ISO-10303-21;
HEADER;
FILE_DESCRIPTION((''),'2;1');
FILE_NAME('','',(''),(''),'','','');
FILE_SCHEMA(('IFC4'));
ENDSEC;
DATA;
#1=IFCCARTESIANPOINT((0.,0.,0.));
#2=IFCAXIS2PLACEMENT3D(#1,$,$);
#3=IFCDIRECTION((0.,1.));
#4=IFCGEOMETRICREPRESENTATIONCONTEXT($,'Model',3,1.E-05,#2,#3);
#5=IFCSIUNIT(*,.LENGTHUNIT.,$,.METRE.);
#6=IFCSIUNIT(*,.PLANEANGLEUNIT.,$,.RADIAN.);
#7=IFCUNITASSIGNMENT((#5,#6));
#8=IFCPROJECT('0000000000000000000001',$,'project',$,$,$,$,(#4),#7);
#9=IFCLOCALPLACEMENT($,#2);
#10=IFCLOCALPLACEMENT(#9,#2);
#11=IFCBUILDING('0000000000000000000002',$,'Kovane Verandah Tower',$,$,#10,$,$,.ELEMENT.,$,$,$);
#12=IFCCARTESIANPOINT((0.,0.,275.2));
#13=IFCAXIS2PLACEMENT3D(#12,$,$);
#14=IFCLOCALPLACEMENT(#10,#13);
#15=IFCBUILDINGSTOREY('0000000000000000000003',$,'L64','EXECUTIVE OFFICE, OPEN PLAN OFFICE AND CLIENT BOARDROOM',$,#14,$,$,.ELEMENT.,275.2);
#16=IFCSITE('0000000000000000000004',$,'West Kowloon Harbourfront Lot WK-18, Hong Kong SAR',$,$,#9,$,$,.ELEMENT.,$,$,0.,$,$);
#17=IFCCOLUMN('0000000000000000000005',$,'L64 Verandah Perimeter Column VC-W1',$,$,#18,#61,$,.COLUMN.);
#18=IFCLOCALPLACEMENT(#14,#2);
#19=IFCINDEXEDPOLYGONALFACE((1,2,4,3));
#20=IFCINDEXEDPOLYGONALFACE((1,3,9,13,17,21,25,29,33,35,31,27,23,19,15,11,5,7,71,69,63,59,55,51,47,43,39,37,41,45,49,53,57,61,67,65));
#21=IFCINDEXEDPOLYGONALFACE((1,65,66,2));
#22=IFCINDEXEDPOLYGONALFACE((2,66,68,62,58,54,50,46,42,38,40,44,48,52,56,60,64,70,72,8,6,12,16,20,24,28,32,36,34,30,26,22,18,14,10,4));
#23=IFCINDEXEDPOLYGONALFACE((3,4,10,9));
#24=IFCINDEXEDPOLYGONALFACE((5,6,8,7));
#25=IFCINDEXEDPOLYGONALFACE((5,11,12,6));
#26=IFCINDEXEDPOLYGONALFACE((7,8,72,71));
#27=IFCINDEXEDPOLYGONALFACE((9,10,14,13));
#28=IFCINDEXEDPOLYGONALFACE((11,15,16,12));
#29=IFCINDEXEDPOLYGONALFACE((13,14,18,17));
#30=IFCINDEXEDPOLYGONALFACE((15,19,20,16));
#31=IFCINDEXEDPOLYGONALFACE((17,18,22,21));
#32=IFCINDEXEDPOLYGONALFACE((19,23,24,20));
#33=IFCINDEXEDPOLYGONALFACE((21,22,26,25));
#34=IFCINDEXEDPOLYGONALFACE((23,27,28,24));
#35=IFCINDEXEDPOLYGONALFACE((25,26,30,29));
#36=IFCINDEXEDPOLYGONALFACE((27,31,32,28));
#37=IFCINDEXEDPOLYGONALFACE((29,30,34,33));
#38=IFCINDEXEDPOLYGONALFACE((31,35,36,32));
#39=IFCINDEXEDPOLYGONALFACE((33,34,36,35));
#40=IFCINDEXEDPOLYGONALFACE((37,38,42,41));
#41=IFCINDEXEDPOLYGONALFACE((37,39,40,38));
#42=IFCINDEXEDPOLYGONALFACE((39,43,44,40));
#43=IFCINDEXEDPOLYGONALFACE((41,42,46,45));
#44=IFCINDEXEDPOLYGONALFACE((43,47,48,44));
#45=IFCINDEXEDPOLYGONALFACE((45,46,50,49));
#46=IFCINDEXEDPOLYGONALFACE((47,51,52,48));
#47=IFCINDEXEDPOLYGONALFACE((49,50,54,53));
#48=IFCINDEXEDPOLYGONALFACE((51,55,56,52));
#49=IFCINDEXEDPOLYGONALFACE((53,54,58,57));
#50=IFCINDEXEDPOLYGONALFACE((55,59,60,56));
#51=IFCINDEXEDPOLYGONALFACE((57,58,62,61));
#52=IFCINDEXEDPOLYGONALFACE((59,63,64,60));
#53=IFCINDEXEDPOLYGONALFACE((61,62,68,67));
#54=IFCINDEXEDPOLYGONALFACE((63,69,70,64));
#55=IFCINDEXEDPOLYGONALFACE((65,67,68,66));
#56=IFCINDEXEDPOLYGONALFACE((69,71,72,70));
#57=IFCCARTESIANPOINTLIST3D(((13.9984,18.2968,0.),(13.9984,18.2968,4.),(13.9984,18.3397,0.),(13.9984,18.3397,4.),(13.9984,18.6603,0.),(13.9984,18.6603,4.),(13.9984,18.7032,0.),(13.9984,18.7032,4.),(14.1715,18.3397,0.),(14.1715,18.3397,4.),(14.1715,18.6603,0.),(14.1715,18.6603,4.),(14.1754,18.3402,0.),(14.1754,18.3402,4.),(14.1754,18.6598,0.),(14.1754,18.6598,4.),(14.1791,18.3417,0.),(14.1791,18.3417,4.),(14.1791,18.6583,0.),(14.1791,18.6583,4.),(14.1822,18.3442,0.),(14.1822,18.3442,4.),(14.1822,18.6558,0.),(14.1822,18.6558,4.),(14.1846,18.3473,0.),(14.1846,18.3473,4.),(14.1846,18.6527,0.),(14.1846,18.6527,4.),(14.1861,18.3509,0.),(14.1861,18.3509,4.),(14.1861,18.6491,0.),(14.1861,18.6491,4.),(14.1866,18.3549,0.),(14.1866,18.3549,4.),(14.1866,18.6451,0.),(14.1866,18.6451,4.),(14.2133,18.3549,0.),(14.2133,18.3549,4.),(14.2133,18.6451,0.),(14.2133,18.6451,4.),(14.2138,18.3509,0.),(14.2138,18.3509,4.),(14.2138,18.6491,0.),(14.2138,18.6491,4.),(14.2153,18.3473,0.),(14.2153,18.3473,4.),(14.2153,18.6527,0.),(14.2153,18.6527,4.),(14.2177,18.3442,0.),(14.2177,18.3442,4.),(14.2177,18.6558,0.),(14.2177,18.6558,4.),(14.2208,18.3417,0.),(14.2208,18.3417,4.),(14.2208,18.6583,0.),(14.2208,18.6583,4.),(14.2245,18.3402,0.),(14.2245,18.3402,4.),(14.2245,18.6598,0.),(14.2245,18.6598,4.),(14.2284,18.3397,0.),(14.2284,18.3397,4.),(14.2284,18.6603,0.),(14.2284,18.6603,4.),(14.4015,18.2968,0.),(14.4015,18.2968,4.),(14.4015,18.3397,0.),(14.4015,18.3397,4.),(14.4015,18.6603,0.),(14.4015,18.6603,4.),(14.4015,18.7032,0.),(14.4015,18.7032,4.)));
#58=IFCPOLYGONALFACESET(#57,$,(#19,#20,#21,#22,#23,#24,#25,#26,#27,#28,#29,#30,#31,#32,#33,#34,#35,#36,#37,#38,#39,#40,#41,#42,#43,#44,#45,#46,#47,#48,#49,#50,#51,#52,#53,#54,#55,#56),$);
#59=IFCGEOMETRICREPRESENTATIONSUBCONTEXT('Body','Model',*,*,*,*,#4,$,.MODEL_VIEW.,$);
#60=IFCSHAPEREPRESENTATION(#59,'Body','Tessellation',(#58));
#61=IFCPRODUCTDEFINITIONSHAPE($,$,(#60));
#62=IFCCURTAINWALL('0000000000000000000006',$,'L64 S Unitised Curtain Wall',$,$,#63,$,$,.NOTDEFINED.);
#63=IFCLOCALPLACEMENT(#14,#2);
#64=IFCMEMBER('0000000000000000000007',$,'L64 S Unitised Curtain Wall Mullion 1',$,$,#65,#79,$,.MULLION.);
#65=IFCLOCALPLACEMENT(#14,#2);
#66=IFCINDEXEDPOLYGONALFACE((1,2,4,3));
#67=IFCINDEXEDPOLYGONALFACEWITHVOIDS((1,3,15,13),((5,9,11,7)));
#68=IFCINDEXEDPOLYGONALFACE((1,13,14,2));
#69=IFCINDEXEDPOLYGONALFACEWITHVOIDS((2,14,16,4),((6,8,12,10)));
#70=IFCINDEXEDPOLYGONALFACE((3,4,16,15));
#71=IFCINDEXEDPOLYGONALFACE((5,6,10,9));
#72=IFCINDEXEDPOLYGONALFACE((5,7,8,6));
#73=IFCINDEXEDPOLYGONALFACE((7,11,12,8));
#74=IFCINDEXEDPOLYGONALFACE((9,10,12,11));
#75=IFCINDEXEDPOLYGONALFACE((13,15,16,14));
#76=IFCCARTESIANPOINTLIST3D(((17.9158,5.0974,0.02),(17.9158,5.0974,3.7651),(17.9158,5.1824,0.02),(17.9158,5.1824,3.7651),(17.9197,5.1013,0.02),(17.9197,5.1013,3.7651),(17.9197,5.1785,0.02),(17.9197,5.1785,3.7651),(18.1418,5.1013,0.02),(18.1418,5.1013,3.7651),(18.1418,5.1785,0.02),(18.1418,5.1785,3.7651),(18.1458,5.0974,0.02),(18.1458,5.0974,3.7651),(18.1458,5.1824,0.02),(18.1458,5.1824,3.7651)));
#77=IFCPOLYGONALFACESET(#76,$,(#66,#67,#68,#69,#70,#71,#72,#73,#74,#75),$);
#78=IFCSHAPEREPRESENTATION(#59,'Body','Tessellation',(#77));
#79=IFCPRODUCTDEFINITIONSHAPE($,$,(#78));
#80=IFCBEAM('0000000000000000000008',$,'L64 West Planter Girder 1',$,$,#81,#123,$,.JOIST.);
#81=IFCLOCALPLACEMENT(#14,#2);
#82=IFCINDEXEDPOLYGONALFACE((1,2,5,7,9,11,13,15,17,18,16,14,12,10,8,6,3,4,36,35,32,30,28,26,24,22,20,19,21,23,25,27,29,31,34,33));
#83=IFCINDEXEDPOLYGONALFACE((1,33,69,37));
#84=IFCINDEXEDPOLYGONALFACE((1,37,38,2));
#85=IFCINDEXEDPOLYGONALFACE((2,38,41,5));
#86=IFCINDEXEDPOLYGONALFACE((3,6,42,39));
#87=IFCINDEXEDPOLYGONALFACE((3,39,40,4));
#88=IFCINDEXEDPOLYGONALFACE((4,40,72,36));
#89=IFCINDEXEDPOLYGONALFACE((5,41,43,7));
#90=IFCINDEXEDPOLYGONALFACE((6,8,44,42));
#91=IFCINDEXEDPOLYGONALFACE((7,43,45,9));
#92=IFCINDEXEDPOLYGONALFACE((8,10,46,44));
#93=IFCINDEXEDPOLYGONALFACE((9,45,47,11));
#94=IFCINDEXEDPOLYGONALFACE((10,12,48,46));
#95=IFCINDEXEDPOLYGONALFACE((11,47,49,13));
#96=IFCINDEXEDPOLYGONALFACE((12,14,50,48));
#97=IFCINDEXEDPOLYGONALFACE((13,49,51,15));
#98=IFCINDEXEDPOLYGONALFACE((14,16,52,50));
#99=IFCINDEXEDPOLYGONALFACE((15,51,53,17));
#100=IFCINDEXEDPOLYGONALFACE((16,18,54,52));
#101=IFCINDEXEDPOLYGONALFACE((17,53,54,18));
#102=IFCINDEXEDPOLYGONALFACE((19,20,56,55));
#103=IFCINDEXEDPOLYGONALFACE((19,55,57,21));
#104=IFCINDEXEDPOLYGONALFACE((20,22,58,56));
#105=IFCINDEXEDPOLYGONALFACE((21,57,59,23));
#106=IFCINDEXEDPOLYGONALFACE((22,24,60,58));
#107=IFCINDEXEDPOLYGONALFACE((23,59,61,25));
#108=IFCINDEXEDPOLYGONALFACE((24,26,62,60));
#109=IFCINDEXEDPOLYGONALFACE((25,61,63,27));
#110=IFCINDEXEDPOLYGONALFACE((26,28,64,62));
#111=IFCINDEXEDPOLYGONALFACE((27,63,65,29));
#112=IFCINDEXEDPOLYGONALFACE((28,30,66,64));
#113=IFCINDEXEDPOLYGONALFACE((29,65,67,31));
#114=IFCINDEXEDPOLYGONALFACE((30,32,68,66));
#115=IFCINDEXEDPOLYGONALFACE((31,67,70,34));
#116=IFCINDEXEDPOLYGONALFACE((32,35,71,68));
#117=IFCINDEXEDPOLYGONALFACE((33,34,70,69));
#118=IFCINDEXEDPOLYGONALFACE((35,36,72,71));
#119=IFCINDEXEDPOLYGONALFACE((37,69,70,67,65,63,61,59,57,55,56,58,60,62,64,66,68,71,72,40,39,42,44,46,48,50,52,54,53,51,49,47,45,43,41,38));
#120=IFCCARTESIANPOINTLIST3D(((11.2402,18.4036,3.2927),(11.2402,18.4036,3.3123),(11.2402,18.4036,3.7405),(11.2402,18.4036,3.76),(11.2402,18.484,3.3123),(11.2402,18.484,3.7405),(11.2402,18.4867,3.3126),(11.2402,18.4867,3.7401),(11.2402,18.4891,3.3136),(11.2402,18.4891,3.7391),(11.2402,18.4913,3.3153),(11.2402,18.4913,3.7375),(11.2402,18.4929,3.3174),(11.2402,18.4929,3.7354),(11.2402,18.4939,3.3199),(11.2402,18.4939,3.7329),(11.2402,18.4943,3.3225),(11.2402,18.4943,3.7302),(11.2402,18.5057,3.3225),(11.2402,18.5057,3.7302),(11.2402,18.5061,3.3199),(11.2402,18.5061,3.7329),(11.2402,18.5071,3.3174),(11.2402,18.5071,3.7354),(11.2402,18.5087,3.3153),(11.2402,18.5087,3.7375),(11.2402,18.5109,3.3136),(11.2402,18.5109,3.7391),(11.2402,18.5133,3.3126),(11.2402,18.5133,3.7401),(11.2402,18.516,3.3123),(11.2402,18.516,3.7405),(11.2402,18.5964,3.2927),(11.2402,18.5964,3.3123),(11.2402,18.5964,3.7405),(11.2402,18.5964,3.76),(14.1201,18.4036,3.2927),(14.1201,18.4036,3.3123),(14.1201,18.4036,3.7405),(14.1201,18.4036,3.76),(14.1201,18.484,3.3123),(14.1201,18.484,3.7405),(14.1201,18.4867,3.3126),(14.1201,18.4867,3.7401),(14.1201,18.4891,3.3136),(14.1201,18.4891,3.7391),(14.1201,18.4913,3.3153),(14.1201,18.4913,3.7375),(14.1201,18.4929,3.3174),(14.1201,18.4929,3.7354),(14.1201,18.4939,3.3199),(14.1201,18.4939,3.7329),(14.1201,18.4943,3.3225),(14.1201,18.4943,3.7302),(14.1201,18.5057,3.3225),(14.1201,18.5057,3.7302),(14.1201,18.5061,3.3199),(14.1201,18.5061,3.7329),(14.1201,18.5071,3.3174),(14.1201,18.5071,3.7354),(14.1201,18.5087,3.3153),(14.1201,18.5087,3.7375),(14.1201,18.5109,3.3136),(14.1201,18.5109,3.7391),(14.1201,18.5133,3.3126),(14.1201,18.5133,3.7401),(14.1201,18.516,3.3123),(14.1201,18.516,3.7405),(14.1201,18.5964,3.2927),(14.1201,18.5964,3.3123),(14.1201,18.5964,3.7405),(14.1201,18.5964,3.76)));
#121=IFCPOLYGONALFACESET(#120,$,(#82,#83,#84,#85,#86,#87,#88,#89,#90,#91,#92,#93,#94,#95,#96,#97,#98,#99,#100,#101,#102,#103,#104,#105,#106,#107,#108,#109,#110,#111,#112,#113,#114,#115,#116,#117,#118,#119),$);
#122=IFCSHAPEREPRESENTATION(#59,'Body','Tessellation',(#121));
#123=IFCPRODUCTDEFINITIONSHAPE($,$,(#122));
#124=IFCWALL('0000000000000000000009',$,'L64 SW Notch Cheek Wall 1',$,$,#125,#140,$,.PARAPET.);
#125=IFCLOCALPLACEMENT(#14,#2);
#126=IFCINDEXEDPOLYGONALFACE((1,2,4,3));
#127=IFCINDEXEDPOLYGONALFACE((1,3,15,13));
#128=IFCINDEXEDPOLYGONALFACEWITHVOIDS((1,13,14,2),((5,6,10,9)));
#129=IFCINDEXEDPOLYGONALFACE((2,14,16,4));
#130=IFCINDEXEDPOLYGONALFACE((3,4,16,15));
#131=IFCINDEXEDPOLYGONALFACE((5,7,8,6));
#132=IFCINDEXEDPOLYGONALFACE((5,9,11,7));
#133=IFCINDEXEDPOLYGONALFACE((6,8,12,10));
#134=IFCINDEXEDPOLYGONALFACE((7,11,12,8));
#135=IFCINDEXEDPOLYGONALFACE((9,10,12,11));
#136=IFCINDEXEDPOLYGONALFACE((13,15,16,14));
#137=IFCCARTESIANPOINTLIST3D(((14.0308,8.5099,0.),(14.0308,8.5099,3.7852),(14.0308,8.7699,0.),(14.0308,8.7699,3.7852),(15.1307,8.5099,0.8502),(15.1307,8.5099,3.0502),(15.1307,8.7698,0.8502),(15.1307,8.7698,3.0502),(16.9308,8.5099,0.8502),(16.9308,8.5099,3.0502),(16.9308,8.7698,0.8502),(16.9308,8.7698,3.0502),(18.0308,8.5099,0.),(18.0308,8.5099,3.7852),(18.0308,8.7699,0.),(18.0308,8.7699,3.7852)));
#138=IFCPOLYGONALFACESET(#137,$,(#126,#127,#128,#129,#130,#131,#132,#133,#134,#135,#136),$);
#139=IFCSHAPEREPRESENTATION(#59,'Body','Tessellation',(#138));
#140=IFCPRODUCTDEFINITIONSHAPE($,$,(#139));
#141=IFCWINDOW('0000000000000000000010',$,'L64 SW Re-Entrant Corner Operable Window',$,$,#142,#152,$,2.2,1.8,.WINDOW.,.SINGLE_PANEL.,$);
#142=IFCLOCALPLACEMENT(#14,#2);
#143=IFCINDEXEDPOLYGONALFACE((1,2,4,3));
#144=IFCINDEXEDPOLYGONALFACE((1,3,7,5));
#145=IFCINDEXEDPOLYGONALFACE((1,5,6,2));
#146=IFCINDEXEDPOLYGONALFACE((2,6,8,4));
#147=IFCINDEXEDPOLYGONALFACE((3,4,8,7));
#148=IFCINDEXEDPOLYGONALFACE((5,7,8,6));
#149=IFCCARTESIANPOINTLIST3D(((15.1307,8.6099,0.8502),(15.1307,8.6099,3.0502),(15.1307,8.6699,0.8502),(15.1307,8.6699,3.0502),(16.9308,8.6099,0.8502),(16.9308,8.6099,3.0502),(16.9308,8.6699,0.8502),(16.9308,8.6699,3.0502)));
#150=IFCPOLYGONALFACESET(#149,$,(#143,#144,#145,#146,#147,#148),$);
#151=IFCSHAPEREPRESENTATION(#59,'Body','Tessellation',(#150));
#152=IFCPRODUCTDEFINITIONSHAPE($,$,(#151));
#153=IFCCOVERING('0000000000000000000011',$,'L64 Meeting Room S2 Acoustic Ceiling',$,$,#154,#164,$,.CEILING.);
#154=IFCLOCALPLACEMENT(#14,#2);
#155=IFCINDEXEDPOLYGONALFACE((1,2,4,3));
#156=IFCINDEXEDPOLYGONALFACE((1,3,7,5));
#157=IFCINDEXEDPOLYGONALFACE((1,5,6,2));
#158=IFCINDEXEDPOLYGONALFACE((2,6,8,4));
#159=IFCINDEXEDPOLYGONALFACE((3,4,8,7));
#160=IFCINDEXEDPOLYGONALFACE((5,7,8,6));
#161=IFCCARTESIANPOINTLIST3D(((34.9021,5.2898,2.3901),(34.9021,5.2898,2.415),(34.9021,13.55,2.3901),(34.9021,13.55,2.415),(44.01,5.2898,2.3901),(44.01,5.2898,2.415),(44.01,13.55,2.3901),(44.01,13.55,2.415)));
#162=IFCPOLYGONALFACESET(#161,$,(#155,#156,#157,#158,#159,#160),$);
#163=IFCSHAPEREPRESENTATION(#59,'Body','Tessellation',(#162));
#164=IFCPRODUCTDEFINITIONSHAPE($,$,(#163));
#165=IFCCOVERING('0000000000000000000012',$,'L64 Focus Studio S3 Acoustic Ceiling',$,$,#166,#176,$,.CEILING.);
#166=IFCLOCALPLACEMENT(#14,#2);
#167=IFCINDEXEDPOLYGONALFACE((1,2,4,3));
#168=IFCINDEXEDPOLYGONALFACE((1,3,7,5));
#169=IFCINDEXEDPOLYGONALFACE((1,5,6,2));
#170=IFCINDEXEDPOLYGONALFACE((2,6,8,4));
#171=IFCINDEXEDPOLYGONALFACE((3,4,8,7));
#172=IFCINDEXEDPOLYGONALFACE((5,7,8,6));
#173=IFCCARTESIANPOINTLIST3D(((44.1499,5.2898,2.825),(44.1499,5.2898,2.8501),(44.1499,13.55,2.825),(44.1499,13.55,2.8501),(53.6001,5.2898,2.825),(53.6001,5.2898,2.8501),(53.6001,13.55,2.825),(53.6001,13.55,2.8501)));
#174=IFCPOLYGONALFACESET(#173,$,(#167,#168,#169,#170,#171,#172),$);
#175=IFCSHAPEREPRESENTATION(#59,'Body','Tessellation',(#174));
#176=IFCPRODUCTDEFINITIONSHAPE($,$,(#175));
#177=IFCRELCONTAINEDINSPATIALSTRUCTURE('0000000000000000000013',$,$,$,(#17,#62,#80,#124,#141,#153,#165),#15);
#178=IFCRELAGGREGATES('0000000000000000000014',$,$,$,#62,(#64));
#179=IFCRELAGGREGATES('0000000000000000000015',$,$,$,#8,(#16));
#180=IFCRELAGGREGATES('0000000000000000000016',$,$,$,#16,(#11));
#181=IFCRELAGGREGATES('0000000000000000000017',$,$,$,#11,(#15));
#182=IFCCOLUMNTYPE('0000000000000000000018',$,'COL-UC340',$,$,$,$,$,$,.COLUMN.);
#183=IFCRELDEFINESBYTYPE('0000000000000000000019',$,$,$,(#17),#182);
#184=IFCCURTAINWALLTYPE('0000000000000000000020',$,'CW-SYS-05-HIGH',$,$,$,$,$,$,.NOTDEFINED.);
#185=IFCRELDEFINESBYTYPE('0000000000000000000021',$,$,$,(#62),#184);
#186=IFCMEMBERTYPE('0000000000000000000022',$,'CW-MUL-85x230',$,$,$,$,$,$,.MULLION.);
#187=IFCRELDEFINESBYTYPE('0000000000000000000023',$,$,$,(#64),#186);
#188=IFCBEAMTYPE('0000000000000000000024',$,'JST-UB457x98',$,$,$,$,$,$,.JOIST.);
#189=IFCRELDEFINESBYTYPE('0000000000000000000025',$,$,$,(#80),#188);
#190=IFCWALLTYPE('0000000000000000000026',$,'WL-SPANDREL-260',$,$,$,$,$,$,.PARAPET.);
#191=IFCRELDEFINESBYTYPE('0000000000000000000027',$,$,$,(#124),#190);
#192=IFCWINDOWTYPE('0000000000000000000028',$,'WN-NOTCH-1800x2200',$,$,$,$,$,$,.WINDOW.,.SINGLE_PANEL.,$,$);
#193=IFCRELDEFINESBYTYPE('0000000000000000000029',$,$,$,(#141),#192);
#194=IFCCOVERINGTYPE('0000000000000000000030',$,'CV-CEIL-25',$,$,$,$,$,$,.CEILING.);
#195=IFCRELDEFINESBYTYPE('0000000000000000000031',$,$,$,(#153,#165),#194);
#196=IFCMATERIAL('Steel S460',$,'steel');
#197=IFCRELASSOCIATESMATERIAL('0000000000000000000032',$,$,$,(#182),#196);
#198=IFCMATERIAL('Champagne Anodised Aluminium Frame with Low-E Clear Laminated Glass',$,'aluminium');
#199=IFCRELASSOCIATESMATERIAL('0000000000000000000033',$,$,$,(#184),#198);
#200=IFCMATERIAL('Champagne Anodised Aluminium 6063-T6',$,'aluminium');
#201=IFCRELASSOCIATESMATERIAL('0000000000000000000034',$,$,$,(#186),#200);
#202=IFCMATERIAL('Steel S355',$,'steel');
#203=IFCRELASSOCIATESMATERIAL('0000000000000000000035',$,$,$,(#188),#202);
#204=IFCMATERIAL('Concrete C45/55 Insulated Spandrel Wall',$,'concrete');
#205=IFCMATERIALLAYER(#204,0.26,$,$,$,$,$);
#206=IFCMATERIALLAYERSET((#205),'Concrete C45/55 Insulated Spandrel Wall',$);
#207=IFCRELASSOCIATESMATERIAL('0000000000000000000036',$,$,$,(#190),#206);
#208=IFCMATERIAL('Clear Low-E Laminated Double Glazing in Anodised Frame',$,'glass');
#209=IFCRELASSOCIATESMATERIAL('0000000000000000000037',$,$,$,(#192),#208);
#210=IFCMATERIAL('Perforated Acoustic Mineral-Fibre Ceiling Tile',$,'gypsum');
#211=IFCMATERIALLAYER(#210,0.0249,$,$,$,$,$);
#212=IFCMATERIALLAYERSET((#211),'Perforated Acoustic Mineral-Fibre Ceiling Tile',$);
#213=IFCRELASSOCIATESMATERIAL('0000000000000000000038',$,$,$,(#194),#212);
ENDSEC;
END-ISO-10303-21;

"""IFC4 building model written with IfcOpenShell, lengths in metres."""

from ifc_helpers import new_model, si_unit, direction, frame, frame_2d, origin, origin_2d, place, context, subcontext, project, spatial, polyline, rectangle, hollow_rectangle, i_section, outline, extrude, material, layer, layer_set, material_profile, profile_set, type_object, element, fill, aggregate, save


model = new_model("IFC4")

# Units and contexts
model_context = context("Model", 3, precision=1e-05, world=origin(), true_north=direction((0.0, 1.0)))
body_context = subcontext(model_context, "Body", "Model", "MODEL_VIEW")
ifc_project = project(units=[si_unit("LENGTHUNIT", "METRE"), si_unit("PLANEANGLEUNIT", "RADIAN")], contexts=[model_context])

# Site, building, storey
site_placement = place(None, origin())
site = spatial("IfcSite", under=ifc_project, at=site_placement, Name="West Kowloon Harbourfront Lot WK-18, Hong Kong SAR", CompositionType="ELEMENT", RefElevation=0.0)
building_placement = place(site_placement, origin())
building = spatial("IfcBuilding", under=site, at=building_placement, Name="Kovane Verandah Tower", CompositionType="ELEMENT")
storey_placement = place(building_placement, frame((0.0, 0.0, 275.2)))
storey = spatial("IfcBuildingStorey", under=building, at=storey_placement, Name="L64", Description="EXECUTIVE OFFICE, OPEN PLAN OFFICE AND CLIENT BOARDROOM", CompositionType="ELEMENT", Elevation=275.2)

# Column
ifc_material_1 = material(Name="Steel S460", Category="steel")
ifc_material_profile_1 = material_profile(ifc_material_1, i_section(OverallWidth=0.4031, OverallDepth=0.4065, WebThickness=0.0266, FlangeThickness=0.043, FilletRadius=0.0151, at=origin_2d()), Name="UC356x406x340")
ifc_profile_set_1 = profile_set([ifc_material_profile_1], Name="Steel S460")
column_type = type_object("IfcColumnType", Name="COL-UC340", PredefinedType="COLUMN", material=ifc_profile_set_1)
column_placement = place(storey_placement, frame((14.2, 18.5, 0.0), z_axis=(0.0, 0.0, 1.0), x_axis=(1.0, 0.0, 0.0)))
element("IfcColumn", 1, at=column_placement, inside=storey, type_object=column_type, Name="L64 Verandah Perimeter Column VC-W1", PredefinedType="COLUMN", context=body_context, shape_type="SweptSolid", body=[
    extrude(i_section(OverallWidth=0.4031, OverallDepth=0.4065, WebThickness=0.0266, FlangeThickness=0.043, FilletRadius=0.0151, at=origin_2d()), origin(), (0.0, 0.0, 1.0), 4.0),
])

# Curtain wall, member
ifc_material_2 = material(Name="Champagne Anodised Aluminium Frame with Low-E Clear Laminated Glass", Category="aluminium")
curtain_wall_type = type_object("IfcCurtainWallType", Name="CW-SYS-05-HIGH", PredefinedType="NOTDEFINED", material=ifc_material_2)
curtain_wall_placement = place(storey_placement, origin())
curtain_wall = element("IfcCurtainWall", 2, at=curtain_wall_placement, inside=storey, type_object=curtain_wall_type, Name="L64 S Unitised Curtain Wall", PredefinedType="NOTDEFINED")
ifc_material_3 = material(Name="Champagne Anodised Aluminium 6063-T6", Category="aluminium")
ifc_material_profile_2 = material_profile(ifc_material_3, hollow_rectangle(XDim=0.085, YDim=0.23, WallThickness=0.0039, at=origin_2d()), Name="AL85x230x4")
ifc_profile_set_2 = profile_set([ifc_material_profile_2], Name="Champagne Anodised Aluminium 6063-T6")
member_type = type_object("IfcMemberType", Name="CW-MUL-85x230", PredefinedType="MULLION", material=ifc_profile_set_2)
member_placement = place(storey_placement, frame((18.0308, 5.1399, 0.02), z_axis=(0.0, 0.0, 1.0), x_axis=(0.0, -1.0, 0.0)))
member = element("IfcMember", 3, at=member_placement, type_object=member_type, Name="L64 S Unitised Curtain Wall Mullion 1", PredefinedType="MULLION", context=body_context, shape_type="SweptSolid", body=[
    extrude(hollow_rectangle(XDim=0.085, YDim=0.23, WallThickness=0.0039, at=origin_2d()), origin(), (0.0, 0.0, 1.0), 3.7451),
])
aggregate(curtain_wall, [member])

# Beam
ifc_material_4 = material(Name="Steel S355", Category="steel")
ifc_material_profile_3 = material_profile(ifc_material_4, i_section(OverallWidth=0.1929, OverallDepth=0.4673, WebThickness=0.0115, FlangeThickness=0.0195, FilletRadius=0.0103, at=origin_2d()), Name="UB457x191x98")
ifc_profile_set_3 = profile_set([ifc_material_profile_3], Name="Steel S355")
beam_type = type_object("IfcBeamType", Name="JST-UB457x98", PredefinedType="JOIST", material=ifc_profile_set_3)
beam_placement = place(storey_placement, frame((14.1201, 18.5, 3.5264), z_axis=(-1.0, 0.0, 0.0), x_axis=(0.0, -1.0, 0.0)))
element("IfcBeam", 4, at=beam_placement, inside=storey, type_object=beam_type, Name="L64 West Planter Girder 1", PredefinedType="JOIST", context=body_context, shape_type="SweptSolid", body=[
    extrude(i_section(OverallWidth=0.1929, OverallDepth=0.4673, WebThickness=0.0115, FlangeThickness=0.0195, FilletRadius=0.0103, at=origin_2d()), origin(), (0.0, 0.0, 1.0), 2.8799),
])

# Wall, opening, window
ifc_material_5 = material(Name="Concrete C45/55 Insulated Spandrel Wall", Category="concrete")
ifc_layer_1 = layer(ifc_material_5, 0.26)
ifc_layer_set_1 = layer_set([ifc_layer_1], Name="Concrete C45/55 Insulated Spandrel Wall")
wall_type = type_object("IfcWallType", Name="WL-SPANDREL-260", PredefinedType="PARAPET", material=ifc_layer_set_1)
wall_placement = place(storey_placement, frame((14.0308, 8.6399, 0.0), z_axis=(0.0, 0.0, 1.0), x_axis=(1.0, 0.0, 0.0)))
wall = element("IfcWall", 5, at=wall_placement, inside=storey, type_object=wall_type, Name="L64 SW Notch Cheek Wall 1", PredefinedType="PARAPET", context=body_context, shape_type="SweptSolid", body=[
    extrude(rectangle(XDim=4.0, YDim=0.26, at=frame_2d((2.0, 0.0))), origin(), (0.0, 0.0, 1.0), 3.7852),
])
opening_placement = place(wall_placement, frame((1.1001, 0.0, 0.8501)))
opening = element("IfcOpeningElement", 6, at=opening_placement, cuts=wall, PredefinedType="OPENING", context=body_context, shape_type="SweptSolid", body=[
    extrude(rectangle(XDim=1.8, YDim=2.2, at=frame_2d((0.8999, 1.1001))), frame((0.0, 0.1299, 0.0), z_axis=(0.0, -1.0, 0.0), x_axis=(1.0, 0.0, 0.0)), (0.0, 0.0, 1.0), 0.26),
])
ifc_material_6 = material(Name="Clear Low-E Laminated Double Glazing in Anodised Frame", Category="glass")
window_type = type_object("IfcWindowType", Name="WN-NOTCH-1800x2200", PartitioningType="SINGLE_PANEL", PredefinedType="WINDOW", material=ifc_material_6)
window_placement = place(opening_placement, origin())
window = element("IfcWindow", 7, at=window_placement, inside=storey, type_object=window_type, Name="L64 SW Re-Entrant Corner Operable Window", OverallHeight=2.2, OverallWidth=1.8, PartitioningType="SINGLE_PANEL", PredefinedType="WINDOW", context=body_context, shape_type="SweptSolid", body=[
    extrude(rectangle(XDim=1.8, YDim=2.2, at=frame_2d((0.8999, 1.1001))), frame((0.0, 0.03, 0.0), z_axis=(0.0, -1.0, 0.0), x_axis=(1.0, 0.0, 0.0)), (0.0, 0.0, 1.0), 0.0601),
])
fill(opening, window)

# Coverings
ifc_material_7 = material(Name="Perforated Acoustic Mineral-Fibre Ceiling Tile", Category="gypsum")
ifc_layer_2 = layer(ifc_material_7, 0.0249)
ifc_layer_set_2 = layer_set([ifc_layer_2], Name="Perforated Acoustic Mineral-Fibre Ceiling Tile")
covering_type_1 = type_object("IfcCoveringType", Name="CV-CEIL-25", PredefinedType="CEILING", material=ifc_layer_set_2)
covering_1_placement = place(storey_placement, frame((0.0, 0.0, 2.3901)))
element("IfcCovering", 8, at=covering_1_placement, inside=storey, type_object=covering_type_1, Name="L64 Meeting Room S2 Acoustic Ceiling", PredefinedType="CEILING", context=body_context, shape_type="SweptSolid", body=[
    extrude(outline(polyline([(34.9021, 5.2898), (44.01, 5.2898), (44.01, 13.55), (34.9021, 13.55), (34.9021, 5.2898)])), origin(), (0.0, 0.0, 1.0), 0.0249),
])
covering_2_placement = place(storey_placement, frame((0.0, 0.0, 2.825)))
element("IfcCovering", 9, at=covering_2_placement, inside=storey, type_object=covering_type_1, Name="L64 Focus Studio S3 Acoustic Ceiling", PredefinedType="CEILING", context=body_context, shape_type="SweptSolid", body=[
    extrude(outline(polyline([(44.1499, 5.2898), (53.6001, 5.2898), (53.6001, 13.55), (44.1499, 13.55), (44.1499, 5.2898)])), origin(), (0.0, 0.0, 1.0), 0.0251),
])

save(model, "model.ifc")
